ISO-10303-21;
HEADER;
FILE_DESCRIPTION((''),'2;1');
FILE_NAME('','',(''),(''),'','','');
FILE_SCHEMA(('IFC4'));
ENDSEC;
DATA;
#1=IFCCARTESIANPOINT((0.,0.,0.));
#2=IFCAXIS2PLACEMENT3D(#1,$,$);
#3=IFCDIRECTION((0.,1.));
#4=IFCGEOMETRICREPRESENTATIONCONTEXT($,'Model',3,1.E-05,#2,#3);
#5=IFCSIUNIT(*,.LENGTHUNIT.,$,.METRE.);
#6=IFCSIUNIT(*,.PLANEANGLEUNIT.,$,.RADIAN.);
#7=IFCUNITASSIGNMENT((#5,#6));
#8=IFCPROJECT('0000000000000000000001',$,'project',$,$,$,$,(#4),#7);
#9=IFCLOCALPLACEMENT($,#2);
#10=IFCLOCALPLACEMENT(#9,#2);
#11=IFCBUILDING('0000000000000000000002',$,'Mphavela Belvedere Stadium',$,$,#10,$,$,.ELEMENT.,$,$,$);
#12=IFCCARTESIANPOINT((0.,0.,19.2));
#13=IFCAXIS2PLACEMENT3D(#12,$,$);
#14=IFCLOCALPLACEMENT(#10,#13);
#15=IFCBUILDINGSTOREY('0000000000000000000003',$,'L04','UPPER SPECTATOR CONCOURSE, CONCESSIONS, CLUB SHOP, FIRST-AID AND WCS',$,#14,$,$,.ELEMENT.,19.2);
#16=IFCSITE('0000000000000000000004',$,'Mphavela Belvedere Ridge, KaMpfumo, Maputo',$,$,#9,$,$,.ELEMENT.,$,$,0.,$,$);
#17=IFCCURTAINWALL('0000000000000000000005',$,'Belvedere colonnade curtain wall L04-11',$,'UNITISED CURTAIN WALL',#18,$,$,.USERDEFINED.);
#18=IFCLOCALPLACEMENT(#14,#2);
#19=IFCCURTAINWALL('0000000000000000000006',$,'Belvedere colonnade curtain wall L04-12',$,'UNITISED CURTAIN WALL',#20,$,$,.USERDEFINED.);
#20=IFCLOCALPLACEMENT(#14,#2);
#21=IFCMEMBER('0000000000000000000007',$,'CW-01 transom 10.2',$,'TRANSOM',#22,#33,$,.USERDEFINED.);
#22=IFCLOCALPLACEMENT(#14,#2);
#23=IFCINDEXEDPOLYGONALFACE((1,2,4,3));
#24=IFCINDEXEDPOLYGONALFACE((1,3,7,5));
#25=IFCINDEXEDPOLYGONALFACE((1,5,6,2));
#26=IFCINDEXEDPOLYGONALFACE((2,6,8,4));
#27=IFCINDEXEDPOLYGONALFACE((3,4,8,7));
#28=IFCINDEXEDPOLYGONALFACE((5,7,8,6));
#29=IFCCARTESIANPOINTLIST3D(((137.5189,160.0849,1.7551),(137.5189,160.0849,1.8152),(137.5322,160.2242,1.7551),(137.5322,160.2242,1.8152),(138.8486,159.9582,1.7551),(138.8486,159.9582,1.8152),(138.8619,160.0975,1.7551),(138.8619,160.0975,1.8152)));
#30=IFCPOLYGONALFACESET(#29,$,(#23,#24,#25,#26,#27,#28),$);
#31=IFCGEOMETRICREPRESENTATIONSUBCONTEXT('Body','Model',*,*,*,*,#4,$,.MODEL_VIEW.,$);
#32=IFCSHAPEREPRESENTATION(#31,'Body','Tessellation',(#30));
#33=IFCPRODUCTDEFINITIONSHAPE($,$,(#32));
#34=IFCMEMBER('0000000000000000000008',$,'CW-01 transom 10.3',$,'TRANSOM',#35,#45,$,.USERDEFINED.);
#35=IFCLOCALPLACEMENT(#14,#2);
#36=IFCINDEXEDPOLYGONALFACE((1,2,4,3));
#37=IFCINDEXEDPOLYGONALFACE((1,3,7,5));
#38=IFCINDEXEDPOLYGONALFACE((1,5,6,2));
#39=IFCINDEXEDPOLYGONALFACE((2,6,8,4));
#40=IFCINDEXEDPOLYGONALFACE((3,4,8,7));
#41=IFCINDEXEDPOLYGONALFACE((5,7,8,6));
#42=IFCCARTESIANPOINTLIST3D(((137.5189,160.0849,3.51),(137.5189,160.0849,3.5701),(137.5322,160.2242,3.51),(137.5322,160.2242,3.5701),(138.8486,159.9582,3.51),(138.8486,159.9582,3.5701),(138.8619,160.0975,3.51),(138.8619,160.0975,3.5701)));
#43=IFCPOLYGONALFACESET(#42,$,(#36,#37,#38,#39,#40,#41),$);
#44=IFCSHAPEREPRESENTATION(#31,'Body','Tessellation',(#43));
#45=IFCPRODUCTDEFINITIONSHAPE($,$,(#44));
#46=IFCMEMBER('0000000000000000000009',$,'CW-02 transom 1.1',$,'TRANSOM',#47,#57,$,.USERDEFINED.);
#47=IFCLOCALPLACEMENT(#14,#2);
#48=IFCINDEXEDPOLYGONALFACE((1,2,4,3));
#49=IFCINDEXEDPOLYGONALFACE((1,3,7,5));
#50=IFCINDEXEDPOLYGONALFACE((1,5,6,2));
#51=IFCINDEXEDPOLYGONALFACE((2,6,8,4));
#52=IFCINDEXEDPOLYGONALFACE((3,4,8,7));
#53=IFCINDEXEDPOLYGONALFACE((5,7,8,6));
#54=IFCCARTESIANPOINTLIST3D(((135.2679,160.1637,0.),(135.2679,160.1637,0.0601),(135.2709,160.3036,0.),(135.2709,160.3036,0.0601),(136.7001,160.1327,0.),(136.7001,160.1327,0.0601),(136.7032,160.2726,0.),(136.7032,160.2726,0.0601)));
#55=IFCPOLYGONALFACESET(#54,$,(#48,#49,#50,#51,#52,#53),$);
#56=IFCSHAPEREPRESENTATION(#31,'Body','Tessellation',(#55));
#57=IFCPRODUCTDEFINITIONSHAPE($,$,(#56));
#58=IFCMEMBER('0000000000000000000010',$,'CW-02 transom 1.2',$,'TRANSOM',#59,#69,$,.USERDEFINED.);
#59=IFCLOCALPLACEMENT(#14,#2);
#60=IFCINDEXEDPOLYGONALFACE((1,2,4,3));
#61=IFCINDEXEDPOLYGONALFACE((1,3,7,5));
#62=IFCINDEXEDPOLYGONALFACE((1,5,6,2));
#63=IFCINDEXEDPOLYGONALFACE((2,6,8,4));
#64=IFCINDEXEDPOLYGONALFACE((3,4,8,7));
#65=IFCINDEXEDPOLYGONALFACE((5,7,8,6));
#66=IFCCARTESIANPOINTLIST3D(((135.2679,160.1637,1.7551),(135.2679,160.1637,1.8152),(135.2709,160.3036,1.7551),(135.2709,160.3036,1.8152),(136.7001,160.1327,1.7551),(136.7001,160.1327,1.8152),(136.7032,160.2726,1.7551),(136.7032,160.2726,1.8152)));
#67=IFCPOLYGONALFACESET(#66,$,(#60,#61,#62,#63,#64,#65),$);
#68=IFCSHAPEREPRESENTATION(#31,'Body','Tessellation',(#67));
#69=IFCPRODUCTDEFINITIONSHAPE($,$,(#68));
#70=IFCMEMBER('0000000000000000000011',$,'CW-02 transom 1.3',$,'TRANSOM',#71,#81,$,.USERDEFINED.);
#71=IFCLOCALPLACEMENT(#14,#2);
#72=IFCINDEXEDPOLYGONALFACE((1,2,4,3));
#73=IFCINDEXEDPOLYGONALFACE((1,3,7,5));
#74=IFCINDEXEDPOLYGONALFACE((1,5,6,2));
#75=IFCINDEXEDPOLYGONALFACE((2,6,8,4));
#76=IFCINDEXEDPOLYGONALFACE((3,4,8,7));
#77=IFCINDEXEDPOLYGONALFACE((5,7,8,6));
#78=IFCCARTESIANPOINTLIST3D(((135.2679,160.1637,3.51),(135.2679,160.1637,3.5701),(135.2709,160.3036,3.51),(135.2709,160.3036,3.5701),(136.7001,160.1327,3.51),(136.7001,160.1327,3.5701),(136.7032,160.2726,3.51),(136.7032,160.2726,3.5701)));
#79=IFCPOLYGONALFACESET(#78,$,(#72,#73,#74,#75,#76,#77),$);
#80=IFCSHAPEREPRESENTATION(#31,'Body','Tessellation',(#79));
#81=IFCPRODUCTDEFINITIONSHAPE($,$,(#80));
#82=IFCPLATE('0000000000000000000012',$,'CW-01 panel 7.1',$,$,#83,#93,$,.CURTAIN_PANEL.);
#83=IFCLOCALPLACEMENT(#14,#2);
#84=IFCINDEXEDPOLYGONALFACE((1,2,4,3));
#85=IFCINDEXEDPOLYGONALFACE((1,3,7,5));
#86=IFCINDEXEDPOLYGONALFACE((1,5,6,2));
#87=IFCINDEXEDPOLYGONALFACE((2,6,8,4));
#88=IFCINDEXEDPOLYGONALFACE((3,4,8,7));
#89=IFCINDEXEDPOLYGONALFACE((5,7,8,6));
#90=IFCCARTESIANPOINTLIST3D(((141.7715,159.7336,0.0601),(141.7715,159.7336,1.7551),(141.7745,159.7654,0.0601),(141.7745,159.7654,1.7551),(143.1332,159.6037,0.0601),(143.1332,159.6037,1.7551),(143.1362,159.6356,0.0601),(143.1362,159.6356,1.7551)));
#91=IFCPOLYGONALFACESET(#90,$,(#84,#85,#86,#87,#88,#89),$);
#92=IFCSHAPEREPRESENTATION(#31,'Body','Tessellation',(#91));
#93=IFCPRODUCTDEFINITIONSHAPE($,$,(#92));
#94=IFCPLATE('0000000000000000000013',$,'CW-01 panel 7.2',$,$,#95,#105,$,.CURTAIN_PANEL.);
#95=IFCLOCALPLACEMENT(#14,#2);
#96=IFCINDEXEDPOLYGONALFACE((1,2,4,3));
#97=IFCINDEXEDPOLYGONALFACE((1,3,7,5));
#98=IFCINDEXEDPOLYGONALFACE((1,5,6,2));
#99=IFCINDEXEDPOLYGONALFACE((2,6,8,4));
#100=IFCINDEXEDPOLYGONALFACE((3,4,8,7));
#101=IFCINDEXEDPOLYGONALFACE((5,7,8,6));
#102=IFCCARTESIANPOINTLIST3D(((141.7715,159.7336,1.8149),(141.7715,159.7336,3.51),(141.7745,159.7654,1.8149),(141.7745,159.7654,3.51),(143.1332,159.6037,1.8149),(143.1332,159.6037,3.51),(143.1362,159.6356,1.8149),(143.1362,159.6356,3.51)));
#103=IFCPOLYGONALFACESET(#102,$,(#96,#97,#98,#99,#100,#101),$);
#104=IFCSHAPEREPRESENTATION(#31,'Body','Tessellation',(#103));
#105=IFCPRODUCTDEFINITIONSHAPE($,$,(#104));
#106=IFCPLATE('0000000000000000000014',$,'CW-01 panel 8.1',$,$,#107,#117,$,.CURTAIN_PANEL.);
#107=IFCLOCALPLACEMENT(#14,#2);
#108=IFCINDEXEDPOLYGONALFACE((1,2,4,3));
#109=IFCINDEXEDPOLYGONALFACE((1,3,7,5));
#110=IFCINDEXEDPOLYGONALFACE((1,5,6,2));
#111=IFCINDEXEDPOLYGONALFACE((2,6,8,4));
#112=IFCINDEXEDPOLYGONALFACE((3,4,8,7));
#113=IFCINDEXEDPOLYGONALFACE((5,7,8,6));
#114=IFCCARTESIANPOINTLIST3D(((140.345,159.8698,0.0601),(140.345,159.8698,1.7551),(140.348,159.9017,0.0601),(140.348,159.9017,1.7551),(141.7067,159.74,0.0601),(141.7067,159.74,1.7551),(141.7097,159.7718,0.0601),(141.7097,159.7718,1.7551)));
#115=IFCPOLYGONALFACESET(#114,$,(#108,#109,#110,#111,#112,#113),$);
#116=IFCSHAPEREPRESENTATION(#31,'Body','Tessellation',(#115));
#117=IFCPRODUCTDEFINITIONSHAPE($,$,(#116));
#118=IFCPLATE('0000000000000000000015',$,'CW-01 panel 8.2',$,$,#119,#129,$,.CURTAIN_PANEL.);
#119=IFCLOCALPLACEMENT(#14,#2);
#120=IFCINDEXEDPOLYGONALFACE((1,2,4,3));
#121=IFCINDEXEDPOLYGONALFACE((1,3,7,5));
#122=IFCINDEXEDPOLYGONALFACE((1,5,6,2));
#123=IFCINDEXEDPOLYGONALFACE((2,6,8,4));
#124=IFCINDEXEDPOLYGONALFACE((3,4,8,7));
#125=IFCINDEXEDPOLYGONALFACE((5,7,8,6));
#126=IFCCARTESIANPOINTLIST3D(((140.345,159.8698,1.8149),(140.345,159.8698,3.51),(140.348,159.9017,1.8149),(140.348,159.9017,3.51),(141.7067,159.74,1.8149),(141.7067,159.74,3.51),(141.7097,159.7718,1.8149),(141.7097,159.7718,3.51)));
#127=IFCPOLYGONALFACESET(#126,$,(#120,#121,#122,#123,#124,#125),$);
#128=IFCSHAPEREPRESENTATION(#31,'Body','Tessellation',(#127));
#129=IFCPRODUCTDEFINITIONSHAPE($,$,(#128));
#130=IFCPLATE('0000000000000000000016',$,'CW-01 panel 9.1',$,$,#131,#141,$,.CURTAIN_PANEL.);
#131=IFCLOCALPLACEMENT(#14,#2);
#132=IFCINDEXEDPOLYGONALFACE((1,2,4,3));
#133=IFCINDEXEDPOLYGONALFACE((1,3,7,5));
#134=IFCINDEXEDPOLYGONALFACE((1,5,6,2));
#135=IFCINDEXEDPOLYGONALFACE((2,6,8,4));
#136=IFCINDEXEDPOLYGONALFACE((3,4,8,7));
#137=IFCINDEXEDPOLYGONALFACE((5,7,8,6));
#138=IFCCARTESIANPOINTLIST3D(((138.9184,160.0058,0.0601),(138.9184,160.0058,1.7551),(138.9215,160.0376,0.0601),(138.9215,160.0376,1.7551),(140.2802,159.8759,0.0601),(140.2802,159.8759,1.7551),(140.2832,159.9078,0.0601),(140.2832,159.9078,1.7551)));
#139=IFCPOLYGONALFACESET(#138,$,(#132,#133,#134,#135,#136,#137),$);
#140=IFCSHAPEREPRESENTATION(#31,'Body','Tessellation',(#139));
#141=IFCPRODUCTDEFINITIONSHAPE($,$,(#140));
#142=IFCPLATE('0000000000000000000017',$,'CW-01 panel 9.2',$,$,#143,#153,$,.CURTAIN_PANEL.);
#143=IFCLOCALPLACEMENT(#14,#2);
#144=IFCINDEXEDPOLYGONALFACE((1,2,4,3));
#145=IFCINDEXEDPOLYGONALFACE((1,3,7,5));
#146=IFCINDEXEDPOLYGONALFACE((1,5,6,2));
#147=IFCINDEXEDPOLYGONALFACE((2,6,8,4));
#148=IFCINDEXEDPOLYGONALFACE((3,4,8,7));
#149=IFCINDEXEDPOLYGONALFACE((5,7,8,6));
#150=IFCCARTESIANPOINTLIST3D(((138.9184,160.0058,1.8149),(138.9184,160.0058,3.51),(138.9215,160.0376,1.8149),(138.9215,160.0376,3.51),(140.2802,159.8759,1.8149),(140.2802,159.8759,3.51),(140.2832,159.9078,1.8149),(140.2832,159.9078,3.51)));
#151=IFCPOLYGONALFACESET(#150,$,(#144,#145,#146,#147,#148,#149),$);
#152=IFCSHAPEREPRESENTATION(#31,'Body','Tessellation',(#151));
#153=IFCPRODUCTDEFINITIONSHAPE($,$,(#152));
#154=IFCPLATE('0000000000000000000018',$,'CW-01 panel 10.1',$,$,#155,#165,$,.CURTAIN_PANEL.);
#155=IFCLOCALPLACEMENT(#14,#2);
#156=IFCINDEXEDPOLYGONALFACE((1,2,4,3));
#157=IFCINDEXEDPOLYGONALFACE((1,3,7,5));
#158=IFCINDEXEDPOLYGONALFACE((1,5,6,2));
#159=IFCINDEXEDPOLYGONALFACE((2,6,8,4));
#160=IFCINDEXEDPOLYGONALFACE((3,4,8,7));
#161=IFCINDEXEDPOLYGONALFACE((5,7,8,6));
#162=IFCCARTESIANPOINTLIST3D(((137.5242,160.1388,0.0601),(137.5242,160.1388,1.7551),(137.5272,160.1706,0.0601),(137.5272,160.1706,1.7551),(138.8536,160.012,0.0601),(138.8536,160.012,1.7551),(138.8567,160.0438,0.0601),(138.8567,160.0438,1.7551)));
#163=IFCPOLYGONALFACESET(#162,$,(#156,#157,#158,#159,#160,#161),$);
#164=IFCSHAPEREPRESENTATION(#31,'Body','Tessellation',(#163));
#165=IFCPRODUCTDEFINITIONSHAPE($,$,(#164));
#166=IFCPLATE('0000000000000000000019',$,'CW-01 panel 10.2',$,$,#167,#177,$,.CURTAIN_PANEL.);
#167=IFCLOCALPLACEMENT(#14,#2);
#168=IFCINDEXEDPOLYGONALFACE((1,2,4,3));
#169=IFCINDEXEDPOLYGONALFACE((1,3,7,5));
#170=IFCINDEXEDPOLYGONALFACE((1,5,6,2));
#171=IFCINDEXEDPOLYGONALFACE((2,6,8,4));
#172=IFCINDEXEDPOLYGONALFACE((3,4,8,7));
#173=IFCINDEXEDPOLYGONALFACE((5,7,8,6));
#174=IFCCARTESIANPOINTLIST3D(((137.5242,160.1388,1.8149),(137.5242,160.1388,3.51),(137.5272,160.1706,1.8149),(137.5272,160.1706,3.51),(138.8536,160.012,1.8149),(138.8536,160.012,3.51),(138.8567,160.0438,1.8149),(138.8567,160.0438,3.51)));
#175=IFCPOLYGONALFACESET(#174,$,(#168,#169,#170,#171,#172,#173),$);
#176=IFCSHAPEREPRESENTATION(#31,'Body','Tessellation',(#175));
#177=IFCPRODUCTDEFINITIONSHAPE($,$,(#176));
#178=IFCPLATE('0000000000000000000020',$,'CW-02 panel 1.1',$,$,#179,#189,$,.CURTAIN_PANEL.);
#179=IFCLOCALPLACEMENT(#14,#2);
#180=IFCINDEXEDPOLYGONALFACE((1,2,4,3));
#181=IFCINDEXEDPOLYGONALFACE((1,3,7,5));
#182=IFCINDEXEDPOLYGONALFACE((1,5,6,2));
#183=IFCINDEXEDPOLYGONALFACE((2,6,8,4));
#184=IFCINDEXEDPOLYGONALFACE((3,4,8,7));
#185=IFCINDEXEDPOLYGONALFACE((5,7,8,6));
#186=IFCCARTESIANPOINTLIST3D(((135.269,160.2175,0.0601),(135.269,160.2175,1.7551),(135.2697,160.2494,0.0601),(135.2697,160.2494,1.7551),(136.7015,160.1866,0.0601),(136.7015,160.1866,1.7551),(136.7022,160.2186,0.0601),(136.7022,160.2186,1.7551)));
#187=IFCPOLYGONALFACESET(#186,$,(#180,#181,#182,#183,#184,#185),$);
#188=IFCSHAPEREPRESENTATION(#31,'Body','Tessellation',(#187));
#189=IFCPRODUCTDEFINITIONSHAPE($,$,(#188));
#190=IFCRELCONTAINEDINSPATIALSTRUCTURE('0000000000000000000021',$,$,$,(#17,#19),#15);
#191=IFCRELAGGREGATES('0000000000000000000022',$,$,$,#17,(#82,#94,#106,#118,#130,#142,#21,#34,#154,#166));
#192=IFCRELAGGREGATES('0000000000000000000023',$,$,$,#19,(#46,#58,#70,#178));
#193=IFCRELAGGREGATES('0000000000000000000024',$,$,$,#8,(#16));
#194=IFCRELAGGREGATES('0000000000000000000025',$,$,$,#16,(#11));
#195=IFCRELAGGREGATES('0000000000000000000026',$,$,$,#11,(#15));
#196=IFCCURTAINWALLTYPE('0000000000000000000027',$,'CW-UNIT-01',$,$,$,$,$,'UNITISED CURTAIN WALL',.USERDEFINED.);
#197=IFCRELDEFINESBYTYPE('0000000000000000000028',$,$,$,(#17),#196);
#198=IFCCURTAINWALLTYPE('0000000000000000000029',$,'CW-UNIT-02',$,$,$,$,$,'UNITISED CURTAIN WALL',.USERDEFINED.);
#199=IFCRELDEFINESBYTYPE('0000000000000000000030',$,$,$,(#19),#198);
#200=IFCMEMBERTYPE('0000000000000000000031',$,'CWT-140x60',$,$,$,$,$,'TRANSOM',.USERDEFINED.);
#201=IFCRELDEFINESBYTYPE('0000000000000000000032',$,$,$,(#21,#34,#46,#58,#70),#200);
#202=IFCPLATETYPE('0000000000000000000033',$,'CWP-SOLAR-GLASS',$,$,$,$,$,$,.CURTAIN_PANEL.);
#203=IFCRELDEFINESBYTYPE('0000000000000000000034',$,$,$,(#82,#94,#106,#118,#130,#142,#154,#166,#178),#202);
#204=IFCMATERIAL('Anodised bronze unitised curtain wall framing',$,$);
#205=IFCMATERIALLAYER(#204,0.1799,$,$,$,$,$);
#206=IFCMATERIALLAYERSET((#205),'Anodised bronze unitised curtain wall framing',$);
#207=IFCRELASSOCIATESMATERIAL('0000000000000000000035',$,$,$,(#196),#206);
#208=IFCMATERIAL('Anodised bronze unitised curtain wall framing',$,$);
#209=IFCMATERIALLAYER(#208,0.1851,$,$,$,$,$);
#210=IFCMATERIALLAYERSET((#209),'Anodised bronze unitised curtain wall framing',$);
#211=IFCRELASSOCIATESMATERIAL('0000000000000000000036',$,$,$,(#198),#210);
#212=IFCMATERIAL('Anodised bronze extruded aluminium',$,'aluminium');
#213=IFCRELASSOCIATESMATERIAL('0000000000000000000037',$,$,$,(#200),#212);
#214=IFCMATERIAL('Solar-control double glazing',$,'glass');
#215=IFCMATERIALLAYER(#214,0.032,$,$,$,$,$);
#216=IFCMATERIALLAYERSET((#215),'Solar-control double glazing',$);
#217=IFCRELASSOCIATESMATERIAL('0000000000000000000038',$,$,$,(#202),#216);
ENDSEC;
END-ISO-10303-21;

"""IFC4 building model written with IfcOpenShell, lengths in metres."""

from ifc_helpers import new_model, si_unit, direction, frame, origin, origin_2d, place, context, subcontext, project, spatial, rectangle, extrude, material, layer, layer_set, material_profile, profile_set, type_object, element, aggregate, save


model = new_model("IFC4")

# Units and contexts
model_context = context("Model", 3, precision=1e-05, world=origin(), true_north=direction((0.0, 1.0)))
body_context = subcontext(model_context, "Body", "Model", "MODEL_VIEW")
ifc_project = project(units=[si_unit("LENGTHUNIT", "METRE"), si_unit("PLANEANGLEUNIT", "RADIAN")], contexts=[model_context])

# Site, building, storey
site_placement = place(None, origin())
site = spatial("IfcSite", under=ifc_project, at=site_placement, Name="Mphavela Belvedere Ridge, KaMpfumo, Maputo", CompositionType="ELEMENT", RefElevation=0.0)
building_placement = place(site_placement, origin())
building = spatial("IfcBuilding", under=site, at=building_placement, Name="Mphavela Belvedere Stadium", CompositionType="ELEMENT")
storey_placement = place(building_placement, frame((0.0, 0.0, 19.2)))
storey = spatial("IfcBuildingStorey", under=building, at=storey_placement, Name="L04", Description="UPPER SPECTATOR CONCOURSE, CONCESSIONS, CLUB SHOP, FIRST-AID AND WCS", CompositionType="ELEMENT", Elevation=19.2)

# Curtain wall
ifc_material_1 = material(Name="Anodised bronze unitised curtain wall framing")
ifc_layer_1 = layer(ifc_material_1, 0.1799)
ifc_layer_set_1 = layer_set([ifc_layer_1], Name="Anodised bronze unitised curtain wall framing")
curtain_wall_type_1 = type_object("IfcCurtainWallType", Name="CW-UNIT-01", ElementType="UNITISED CURTAIN WALL", PredefinedType="USERDEFINED", material=ifc_layer_set_1)
curtain_wall_1_placement = place(storey_placement, origin())
curtain_wall_1 = element("IfcCurtainWall", 1, at=curtain_wall_1_placement, inside=storey, type_object=curtain_wall_type_1, Name="Belvedere colonnade curtain wall L04-11", ObjectType="UNITISED CURTAIN WALL", PredefinedType="USERDEFINED")

# Curtain wall
ifc_material_2 = material(Name="Anodised bronze unitised curtain wall framing")
ifc_layer_2 = layer(ifc_material_2, 0.1851)
ifc_layer_set_2 = layer_set([ifc_layer_2], Name="Anodised bronze unitised curtain wall framing")
curtain_wall_type_2 = type_object("IfcCurtainWallType", Name="CW-UNIT-02", ElementType="UNITISED CURTAIN WALL", PredefinedType="USERDEFINED", material=ifc_layer_set_2)
curtain_wall_2_placement = place(storey_placement, origin())
curtain_wall_2 = element("IfcCurtainWall", 2, at=curtain_wall_2_placement, inside=storey, type_object=curtain_wall_type_2, Name="Belvedere colonnade curtain wall L04-12", ObjectType="UNITISED CURTAIN WALL", PredefinedType="USERDEFINED")

# Members
ifc_material_3 = material(Name="Anodised bronze extruded aluminium", Category="aluminium")
ifc_material_profile_1 = material_profile(ifc_material_3, rectangle(XDim=0.1399, YDim=0.0601, at=origin_2d()), Name="CW-TRN 140x60")
ifc_profile_set_1 = profile_set([ifc_material_profile_1], Name="Anodised bronze extruded aluminium")
member_type_1 = type_object("IfcMemberType", Name="CWT-140x60", ElementType="TRANSOM", PredefinedType="USERDEFINED", material=ifc_profile_set_1)
member_1_placement = place(storey_placement, frame((138.8552, 160.0278, 1.7852), z_axis=(-0.99549, 0.094869, 0.0), x_axis=(-0.094869, -0.99549, 0.0)))
member_1 = element("IfcMember", 3, at=member_1_placement, type_object=member_type_1, Name="CW-01 transom 10.2", ObjectType="TRANSOM", PredefinedType="USERDEFINED", context=body_context, shape_type="SweptSolid", body=[
    extrude(rectangle(XDim=0.1399, YDim=0.0601, at=origin_2d()), origin(), (0.0, 0.0, 1.0), 1.3357),
])
member_2_placement = place(storey_placement, frame((138.8552, 160.0278, 3.54), z_axis=(-0.99549, 0.094869, 0.0), x_axis=(-0.094869, -0.99549, 0.0)))
member_2 = element("IfcMember", 4, at=member_2_placement, type_object=member_type_1, Name="CW-01 transom 10.3", ObjectType="TRANSOM", PredefinedType="USERDEFINED", context=body_context, shape_type="SweptSolid", body=[
    extrude(rectangle(XDim=0.1399, YDim=0.0601, at=origin_2d()), origin(), (0.0, 0.0, 1.0), 1.3357),
])
member_3_placement = place(storey_placement, frame((136.7017, 160.2026, 0.03), z_axis=(-0.999766, 0.021641, 0.0), x_axis=(-0.021641, -0.999766, 0.0)))
member_3 = element("IfcMember", 5, at=member_3_placement, type_object=member_type_1, Name="CW-02 transom 1.1", ObjectType="TRANSOM", PredefinedType="USERDEFINED", context=body_context, shape_type="SweptSolid", body=[
    extrude(rectangle(XDim=0.1399, YDim=0.0601, at=origin_2d()), origin(), (0.0, 0.0, 1.0), 1.4326),
])
member_4_placement = place(storey_placement, frame((136.7017, 160.2026, 1.7852), z_axis=(-0.999766, 0.021641, 0.0), x_axis=(-0.021641, -0.999766, 0.0)))
member_4 = element("IfcMember", 6, at=member_4_placement, type_object=member_type_1, Name="CW-02 transom 1.2", ObjectType="TRANSOM", PredefinedType="USERDEFINED", context=body_context, shape_type="SweptSolid", body=[
    extrude(rectangle(XDim=0.1399, YDim=0.0601, at=origin_2d()), origin(), (0.0, 0.0, 1.0), 1.4326),
])
member_5_placement = place(storey_placement, frame((136.7017, 160.2026, 3.54), z_axis=(-0.999766, 0.021641, 0.0), x_axis=(-0.021641, -0.999766, 0.0)))
member_5 = element("IfcMember", 7, at=member_5_placement, type_object=member_type_1, Name="CW-02 transom 1.3", ObjectType="TRANSOM", PredefinedType="USERDEFINED", context=body_context, shape_type="SweptSolid", body=[
    extrude(rectangle(XDim=0.1399, YDim=0.0601, at=origin_2d()), origin(), (0.0, 0.0, 1.0), 1.4326),
])

# Plates
ifc_material_4 = material(Name="Solar-control double glazing", Category="glass")
ifc_layer_3 = layer(ifc_material_4, 0.032)
ifc_layer_set_3 = layer_set([ifc_layer_3], Name="Solar-control double glazing")
plate_type = type_object("IfcPlateType", Name="CWP-SOLAR-GLASS", PredefinedType="CURTAIN_PANEL", material=ifc_layer_set_3)
plate_1_placement = place(storey_placement, frame((142.4539, 159.6846, 0.0601), z_axis=(0.0, 0.0, 1.0), x_axis=(-0.995484, 0.094933, 0.0)))
plate_1 = element("IfcPlate", 8, at=plate_1_placement, type_object=plate_type, Name="CW-01 panel 7.1", PredefinedType="CURTAIN_PANEL", context=body_context, shape_type="SweptSolid", body=[
    extrude(rectangle(XDim=1.3679, YDim=0.032, at=origin_2d()), origin(), (0.0, 0.0, 1.0), 1.6951),
])
plate_2_placement = place(storey_placement, frame((142.4539, 159.6846, 1.8149), z_axis=(0.0, 0.0, 1.0), x_axis=(-0.995484, 0.094933, 0.0)))
plate_2 = element("IfcPlate", 9, at=plate_2_placement, type_object=plate_type, Name="CW-01 panel 7.2", PredefinedType="CURTAIN_PANEL", context=body_context, shape_type="SweptSolid", body=[
    extrude(rectangle(XDim=1.3679, YDim=0.032, at=origin_2d()), origin(), (0.0, 0.0, 1.0), 1.6951),
])
plate_3_placement = place(storey_placement, frame((141.0273, 159.8208, 0.0601), z_axis=(0.0, 0.0, 1.0), x_axis=(-0.995484, 0.094933, 0.0)))
plate_3 = element("IfcPlate", 10, at=plate_3_placement, type_object=plate_type, Name="CW-01 panel 8.1", PredefinedType="CURTAIN_PANEL", context=body_context, shape_type="SweptSolid", body=[
    extrude(rectangle(XDim=1.3679, YDim=0.032, at=origin_2d()), origin(), (0.0, 0.0, 1.0), 1.6951),
])
plate_4_placement = place(storey_placement, frame((141.0273, 159.8208, 1.8149), z_axis=(0.0, 0.0, 1.0), x_axis=(-0.995484, 0.094933, 0.0)))
plate_4 = element("IfcPlate", 11, at=plate_4_placement, type_object=plate_type, Name="CW-01 panel 8.2", PredefinedType="CURTAIN_PANEL", context=body_context, shape_type="SweptSolid", body=[
    extrude(rectangle(XDim=1.3679, YDim=0.032, at=origin_2d()), origin(), (0.0, 0.0, 1.0), 1.6951),
])
plate_5_placement = place(storey_placement, frame((139.6008, 159.9568, 0.0601), z_axis=(0.0, 0.0, 1.0), x_axis=(-0.995484, 0.094933, 0.0)))
plate_5 = element("IfcPlate", 12, at=plate_5_placement, type_object=plate_type, Name="CW-01 panel 9.1", PredefinedType="CURTAIN_PANEL", context=body_context, shape_type="SweptSolid", body=[
    extrude(rectangle(XDim=1.3679, YDim=0.032, at=origin_2d()), origin(), (0.0, 0.0, 1.0), 1.6951),
])
plate_6_placement = place(storey_placement, frame((139.6008, 159.9568, 1.8149), z_axis=(0.0, 0.0, 1.0), x_axis=(-0.995484, 0.094933, 0.0)))
plate_6 = element("IfcPlate", 13, at=plate_6_placement, type_object=plate_type, Name="CW-01 panel 9.2", PredefinedType="CURTAIN_PANEL", context=body_context, shape_type="SweptSolid", body=[
    extrude(rectangle(XDim=1.3679, YDim=0.032, at=origin_2d()), origin(), (0.0, 0.0, 1.0), 1.6951),
])
plate_7_placement = place(storey_placement, frame((138.1904, 160.0913, 0.0601), z_axis=(0.0, 0.0, 1.0), x_axis=(-0.995484, 0.094933, 0.0)))
plate_7 = element("IfcPlate", 14, at=plate_7_placement, type_object=plate_type, Name="CW-01 panel 10.1", PredefinedType="CURTAIN_PANEL", context=body_context, shape_type="SweptSolid", body=[
    extrude(rectangle(XDim=1.3354, YDim=0.032, at=origin_2d()), origin(), (0.0, 0.0, 1.0), 1.6951),
])
plate_8_placement = place(storey_placement, frame((138.1904, 160.0913, 1.8149), z_axis=(0.0, 0.0, 1.0), x_axis=(-0.995484, 0.094933, 0.0)))
plate_8 = element("IfcPlate", 15, at=plate_8_placement, type_object=plate_type, Name="CW-01 panel 10.2", PredefinedType="CURTAIN_PANEL", context=body_context, shape_type="SweptSolid", body=[
    extrude(rectangle(XDim=1.3354, YDim=0.032, at=origin_2d()), origin(), (0.0, 0.0, 1.0), 1.6951),
])
aggregate(curtain_wall_1, [plate_1, plate_2, plate_3, plate_4, plate_5, plate_6, member_1, member_2, plate_7, plate_8])
plate_9_placement = place(storey_placement, frame((135.9856, 160.218, 0.0601), z_axis=(0.0, 0.0, 1.0), x_axis=(-0.999768, 0.021527, 0.0)))
plate_9 = element("IfcPlate", 16, at=plate_9_placement, type_object=plate_type, Name="CW-02 panel 1.1", PredefinedType="CURTAIN_PANEL", context=body_context, shape_type="SweptSolid", body=[
    extrude(rectangle(XDim=1.4329, YDim=0.032, at=origin_2d()), origin(), (0.0, 0.0, 1.0), 1.6951),
])
aggregate(curtain_wall_2, [member_3, member_4, member_5, plate_9])

save(model, "model.ifc")
